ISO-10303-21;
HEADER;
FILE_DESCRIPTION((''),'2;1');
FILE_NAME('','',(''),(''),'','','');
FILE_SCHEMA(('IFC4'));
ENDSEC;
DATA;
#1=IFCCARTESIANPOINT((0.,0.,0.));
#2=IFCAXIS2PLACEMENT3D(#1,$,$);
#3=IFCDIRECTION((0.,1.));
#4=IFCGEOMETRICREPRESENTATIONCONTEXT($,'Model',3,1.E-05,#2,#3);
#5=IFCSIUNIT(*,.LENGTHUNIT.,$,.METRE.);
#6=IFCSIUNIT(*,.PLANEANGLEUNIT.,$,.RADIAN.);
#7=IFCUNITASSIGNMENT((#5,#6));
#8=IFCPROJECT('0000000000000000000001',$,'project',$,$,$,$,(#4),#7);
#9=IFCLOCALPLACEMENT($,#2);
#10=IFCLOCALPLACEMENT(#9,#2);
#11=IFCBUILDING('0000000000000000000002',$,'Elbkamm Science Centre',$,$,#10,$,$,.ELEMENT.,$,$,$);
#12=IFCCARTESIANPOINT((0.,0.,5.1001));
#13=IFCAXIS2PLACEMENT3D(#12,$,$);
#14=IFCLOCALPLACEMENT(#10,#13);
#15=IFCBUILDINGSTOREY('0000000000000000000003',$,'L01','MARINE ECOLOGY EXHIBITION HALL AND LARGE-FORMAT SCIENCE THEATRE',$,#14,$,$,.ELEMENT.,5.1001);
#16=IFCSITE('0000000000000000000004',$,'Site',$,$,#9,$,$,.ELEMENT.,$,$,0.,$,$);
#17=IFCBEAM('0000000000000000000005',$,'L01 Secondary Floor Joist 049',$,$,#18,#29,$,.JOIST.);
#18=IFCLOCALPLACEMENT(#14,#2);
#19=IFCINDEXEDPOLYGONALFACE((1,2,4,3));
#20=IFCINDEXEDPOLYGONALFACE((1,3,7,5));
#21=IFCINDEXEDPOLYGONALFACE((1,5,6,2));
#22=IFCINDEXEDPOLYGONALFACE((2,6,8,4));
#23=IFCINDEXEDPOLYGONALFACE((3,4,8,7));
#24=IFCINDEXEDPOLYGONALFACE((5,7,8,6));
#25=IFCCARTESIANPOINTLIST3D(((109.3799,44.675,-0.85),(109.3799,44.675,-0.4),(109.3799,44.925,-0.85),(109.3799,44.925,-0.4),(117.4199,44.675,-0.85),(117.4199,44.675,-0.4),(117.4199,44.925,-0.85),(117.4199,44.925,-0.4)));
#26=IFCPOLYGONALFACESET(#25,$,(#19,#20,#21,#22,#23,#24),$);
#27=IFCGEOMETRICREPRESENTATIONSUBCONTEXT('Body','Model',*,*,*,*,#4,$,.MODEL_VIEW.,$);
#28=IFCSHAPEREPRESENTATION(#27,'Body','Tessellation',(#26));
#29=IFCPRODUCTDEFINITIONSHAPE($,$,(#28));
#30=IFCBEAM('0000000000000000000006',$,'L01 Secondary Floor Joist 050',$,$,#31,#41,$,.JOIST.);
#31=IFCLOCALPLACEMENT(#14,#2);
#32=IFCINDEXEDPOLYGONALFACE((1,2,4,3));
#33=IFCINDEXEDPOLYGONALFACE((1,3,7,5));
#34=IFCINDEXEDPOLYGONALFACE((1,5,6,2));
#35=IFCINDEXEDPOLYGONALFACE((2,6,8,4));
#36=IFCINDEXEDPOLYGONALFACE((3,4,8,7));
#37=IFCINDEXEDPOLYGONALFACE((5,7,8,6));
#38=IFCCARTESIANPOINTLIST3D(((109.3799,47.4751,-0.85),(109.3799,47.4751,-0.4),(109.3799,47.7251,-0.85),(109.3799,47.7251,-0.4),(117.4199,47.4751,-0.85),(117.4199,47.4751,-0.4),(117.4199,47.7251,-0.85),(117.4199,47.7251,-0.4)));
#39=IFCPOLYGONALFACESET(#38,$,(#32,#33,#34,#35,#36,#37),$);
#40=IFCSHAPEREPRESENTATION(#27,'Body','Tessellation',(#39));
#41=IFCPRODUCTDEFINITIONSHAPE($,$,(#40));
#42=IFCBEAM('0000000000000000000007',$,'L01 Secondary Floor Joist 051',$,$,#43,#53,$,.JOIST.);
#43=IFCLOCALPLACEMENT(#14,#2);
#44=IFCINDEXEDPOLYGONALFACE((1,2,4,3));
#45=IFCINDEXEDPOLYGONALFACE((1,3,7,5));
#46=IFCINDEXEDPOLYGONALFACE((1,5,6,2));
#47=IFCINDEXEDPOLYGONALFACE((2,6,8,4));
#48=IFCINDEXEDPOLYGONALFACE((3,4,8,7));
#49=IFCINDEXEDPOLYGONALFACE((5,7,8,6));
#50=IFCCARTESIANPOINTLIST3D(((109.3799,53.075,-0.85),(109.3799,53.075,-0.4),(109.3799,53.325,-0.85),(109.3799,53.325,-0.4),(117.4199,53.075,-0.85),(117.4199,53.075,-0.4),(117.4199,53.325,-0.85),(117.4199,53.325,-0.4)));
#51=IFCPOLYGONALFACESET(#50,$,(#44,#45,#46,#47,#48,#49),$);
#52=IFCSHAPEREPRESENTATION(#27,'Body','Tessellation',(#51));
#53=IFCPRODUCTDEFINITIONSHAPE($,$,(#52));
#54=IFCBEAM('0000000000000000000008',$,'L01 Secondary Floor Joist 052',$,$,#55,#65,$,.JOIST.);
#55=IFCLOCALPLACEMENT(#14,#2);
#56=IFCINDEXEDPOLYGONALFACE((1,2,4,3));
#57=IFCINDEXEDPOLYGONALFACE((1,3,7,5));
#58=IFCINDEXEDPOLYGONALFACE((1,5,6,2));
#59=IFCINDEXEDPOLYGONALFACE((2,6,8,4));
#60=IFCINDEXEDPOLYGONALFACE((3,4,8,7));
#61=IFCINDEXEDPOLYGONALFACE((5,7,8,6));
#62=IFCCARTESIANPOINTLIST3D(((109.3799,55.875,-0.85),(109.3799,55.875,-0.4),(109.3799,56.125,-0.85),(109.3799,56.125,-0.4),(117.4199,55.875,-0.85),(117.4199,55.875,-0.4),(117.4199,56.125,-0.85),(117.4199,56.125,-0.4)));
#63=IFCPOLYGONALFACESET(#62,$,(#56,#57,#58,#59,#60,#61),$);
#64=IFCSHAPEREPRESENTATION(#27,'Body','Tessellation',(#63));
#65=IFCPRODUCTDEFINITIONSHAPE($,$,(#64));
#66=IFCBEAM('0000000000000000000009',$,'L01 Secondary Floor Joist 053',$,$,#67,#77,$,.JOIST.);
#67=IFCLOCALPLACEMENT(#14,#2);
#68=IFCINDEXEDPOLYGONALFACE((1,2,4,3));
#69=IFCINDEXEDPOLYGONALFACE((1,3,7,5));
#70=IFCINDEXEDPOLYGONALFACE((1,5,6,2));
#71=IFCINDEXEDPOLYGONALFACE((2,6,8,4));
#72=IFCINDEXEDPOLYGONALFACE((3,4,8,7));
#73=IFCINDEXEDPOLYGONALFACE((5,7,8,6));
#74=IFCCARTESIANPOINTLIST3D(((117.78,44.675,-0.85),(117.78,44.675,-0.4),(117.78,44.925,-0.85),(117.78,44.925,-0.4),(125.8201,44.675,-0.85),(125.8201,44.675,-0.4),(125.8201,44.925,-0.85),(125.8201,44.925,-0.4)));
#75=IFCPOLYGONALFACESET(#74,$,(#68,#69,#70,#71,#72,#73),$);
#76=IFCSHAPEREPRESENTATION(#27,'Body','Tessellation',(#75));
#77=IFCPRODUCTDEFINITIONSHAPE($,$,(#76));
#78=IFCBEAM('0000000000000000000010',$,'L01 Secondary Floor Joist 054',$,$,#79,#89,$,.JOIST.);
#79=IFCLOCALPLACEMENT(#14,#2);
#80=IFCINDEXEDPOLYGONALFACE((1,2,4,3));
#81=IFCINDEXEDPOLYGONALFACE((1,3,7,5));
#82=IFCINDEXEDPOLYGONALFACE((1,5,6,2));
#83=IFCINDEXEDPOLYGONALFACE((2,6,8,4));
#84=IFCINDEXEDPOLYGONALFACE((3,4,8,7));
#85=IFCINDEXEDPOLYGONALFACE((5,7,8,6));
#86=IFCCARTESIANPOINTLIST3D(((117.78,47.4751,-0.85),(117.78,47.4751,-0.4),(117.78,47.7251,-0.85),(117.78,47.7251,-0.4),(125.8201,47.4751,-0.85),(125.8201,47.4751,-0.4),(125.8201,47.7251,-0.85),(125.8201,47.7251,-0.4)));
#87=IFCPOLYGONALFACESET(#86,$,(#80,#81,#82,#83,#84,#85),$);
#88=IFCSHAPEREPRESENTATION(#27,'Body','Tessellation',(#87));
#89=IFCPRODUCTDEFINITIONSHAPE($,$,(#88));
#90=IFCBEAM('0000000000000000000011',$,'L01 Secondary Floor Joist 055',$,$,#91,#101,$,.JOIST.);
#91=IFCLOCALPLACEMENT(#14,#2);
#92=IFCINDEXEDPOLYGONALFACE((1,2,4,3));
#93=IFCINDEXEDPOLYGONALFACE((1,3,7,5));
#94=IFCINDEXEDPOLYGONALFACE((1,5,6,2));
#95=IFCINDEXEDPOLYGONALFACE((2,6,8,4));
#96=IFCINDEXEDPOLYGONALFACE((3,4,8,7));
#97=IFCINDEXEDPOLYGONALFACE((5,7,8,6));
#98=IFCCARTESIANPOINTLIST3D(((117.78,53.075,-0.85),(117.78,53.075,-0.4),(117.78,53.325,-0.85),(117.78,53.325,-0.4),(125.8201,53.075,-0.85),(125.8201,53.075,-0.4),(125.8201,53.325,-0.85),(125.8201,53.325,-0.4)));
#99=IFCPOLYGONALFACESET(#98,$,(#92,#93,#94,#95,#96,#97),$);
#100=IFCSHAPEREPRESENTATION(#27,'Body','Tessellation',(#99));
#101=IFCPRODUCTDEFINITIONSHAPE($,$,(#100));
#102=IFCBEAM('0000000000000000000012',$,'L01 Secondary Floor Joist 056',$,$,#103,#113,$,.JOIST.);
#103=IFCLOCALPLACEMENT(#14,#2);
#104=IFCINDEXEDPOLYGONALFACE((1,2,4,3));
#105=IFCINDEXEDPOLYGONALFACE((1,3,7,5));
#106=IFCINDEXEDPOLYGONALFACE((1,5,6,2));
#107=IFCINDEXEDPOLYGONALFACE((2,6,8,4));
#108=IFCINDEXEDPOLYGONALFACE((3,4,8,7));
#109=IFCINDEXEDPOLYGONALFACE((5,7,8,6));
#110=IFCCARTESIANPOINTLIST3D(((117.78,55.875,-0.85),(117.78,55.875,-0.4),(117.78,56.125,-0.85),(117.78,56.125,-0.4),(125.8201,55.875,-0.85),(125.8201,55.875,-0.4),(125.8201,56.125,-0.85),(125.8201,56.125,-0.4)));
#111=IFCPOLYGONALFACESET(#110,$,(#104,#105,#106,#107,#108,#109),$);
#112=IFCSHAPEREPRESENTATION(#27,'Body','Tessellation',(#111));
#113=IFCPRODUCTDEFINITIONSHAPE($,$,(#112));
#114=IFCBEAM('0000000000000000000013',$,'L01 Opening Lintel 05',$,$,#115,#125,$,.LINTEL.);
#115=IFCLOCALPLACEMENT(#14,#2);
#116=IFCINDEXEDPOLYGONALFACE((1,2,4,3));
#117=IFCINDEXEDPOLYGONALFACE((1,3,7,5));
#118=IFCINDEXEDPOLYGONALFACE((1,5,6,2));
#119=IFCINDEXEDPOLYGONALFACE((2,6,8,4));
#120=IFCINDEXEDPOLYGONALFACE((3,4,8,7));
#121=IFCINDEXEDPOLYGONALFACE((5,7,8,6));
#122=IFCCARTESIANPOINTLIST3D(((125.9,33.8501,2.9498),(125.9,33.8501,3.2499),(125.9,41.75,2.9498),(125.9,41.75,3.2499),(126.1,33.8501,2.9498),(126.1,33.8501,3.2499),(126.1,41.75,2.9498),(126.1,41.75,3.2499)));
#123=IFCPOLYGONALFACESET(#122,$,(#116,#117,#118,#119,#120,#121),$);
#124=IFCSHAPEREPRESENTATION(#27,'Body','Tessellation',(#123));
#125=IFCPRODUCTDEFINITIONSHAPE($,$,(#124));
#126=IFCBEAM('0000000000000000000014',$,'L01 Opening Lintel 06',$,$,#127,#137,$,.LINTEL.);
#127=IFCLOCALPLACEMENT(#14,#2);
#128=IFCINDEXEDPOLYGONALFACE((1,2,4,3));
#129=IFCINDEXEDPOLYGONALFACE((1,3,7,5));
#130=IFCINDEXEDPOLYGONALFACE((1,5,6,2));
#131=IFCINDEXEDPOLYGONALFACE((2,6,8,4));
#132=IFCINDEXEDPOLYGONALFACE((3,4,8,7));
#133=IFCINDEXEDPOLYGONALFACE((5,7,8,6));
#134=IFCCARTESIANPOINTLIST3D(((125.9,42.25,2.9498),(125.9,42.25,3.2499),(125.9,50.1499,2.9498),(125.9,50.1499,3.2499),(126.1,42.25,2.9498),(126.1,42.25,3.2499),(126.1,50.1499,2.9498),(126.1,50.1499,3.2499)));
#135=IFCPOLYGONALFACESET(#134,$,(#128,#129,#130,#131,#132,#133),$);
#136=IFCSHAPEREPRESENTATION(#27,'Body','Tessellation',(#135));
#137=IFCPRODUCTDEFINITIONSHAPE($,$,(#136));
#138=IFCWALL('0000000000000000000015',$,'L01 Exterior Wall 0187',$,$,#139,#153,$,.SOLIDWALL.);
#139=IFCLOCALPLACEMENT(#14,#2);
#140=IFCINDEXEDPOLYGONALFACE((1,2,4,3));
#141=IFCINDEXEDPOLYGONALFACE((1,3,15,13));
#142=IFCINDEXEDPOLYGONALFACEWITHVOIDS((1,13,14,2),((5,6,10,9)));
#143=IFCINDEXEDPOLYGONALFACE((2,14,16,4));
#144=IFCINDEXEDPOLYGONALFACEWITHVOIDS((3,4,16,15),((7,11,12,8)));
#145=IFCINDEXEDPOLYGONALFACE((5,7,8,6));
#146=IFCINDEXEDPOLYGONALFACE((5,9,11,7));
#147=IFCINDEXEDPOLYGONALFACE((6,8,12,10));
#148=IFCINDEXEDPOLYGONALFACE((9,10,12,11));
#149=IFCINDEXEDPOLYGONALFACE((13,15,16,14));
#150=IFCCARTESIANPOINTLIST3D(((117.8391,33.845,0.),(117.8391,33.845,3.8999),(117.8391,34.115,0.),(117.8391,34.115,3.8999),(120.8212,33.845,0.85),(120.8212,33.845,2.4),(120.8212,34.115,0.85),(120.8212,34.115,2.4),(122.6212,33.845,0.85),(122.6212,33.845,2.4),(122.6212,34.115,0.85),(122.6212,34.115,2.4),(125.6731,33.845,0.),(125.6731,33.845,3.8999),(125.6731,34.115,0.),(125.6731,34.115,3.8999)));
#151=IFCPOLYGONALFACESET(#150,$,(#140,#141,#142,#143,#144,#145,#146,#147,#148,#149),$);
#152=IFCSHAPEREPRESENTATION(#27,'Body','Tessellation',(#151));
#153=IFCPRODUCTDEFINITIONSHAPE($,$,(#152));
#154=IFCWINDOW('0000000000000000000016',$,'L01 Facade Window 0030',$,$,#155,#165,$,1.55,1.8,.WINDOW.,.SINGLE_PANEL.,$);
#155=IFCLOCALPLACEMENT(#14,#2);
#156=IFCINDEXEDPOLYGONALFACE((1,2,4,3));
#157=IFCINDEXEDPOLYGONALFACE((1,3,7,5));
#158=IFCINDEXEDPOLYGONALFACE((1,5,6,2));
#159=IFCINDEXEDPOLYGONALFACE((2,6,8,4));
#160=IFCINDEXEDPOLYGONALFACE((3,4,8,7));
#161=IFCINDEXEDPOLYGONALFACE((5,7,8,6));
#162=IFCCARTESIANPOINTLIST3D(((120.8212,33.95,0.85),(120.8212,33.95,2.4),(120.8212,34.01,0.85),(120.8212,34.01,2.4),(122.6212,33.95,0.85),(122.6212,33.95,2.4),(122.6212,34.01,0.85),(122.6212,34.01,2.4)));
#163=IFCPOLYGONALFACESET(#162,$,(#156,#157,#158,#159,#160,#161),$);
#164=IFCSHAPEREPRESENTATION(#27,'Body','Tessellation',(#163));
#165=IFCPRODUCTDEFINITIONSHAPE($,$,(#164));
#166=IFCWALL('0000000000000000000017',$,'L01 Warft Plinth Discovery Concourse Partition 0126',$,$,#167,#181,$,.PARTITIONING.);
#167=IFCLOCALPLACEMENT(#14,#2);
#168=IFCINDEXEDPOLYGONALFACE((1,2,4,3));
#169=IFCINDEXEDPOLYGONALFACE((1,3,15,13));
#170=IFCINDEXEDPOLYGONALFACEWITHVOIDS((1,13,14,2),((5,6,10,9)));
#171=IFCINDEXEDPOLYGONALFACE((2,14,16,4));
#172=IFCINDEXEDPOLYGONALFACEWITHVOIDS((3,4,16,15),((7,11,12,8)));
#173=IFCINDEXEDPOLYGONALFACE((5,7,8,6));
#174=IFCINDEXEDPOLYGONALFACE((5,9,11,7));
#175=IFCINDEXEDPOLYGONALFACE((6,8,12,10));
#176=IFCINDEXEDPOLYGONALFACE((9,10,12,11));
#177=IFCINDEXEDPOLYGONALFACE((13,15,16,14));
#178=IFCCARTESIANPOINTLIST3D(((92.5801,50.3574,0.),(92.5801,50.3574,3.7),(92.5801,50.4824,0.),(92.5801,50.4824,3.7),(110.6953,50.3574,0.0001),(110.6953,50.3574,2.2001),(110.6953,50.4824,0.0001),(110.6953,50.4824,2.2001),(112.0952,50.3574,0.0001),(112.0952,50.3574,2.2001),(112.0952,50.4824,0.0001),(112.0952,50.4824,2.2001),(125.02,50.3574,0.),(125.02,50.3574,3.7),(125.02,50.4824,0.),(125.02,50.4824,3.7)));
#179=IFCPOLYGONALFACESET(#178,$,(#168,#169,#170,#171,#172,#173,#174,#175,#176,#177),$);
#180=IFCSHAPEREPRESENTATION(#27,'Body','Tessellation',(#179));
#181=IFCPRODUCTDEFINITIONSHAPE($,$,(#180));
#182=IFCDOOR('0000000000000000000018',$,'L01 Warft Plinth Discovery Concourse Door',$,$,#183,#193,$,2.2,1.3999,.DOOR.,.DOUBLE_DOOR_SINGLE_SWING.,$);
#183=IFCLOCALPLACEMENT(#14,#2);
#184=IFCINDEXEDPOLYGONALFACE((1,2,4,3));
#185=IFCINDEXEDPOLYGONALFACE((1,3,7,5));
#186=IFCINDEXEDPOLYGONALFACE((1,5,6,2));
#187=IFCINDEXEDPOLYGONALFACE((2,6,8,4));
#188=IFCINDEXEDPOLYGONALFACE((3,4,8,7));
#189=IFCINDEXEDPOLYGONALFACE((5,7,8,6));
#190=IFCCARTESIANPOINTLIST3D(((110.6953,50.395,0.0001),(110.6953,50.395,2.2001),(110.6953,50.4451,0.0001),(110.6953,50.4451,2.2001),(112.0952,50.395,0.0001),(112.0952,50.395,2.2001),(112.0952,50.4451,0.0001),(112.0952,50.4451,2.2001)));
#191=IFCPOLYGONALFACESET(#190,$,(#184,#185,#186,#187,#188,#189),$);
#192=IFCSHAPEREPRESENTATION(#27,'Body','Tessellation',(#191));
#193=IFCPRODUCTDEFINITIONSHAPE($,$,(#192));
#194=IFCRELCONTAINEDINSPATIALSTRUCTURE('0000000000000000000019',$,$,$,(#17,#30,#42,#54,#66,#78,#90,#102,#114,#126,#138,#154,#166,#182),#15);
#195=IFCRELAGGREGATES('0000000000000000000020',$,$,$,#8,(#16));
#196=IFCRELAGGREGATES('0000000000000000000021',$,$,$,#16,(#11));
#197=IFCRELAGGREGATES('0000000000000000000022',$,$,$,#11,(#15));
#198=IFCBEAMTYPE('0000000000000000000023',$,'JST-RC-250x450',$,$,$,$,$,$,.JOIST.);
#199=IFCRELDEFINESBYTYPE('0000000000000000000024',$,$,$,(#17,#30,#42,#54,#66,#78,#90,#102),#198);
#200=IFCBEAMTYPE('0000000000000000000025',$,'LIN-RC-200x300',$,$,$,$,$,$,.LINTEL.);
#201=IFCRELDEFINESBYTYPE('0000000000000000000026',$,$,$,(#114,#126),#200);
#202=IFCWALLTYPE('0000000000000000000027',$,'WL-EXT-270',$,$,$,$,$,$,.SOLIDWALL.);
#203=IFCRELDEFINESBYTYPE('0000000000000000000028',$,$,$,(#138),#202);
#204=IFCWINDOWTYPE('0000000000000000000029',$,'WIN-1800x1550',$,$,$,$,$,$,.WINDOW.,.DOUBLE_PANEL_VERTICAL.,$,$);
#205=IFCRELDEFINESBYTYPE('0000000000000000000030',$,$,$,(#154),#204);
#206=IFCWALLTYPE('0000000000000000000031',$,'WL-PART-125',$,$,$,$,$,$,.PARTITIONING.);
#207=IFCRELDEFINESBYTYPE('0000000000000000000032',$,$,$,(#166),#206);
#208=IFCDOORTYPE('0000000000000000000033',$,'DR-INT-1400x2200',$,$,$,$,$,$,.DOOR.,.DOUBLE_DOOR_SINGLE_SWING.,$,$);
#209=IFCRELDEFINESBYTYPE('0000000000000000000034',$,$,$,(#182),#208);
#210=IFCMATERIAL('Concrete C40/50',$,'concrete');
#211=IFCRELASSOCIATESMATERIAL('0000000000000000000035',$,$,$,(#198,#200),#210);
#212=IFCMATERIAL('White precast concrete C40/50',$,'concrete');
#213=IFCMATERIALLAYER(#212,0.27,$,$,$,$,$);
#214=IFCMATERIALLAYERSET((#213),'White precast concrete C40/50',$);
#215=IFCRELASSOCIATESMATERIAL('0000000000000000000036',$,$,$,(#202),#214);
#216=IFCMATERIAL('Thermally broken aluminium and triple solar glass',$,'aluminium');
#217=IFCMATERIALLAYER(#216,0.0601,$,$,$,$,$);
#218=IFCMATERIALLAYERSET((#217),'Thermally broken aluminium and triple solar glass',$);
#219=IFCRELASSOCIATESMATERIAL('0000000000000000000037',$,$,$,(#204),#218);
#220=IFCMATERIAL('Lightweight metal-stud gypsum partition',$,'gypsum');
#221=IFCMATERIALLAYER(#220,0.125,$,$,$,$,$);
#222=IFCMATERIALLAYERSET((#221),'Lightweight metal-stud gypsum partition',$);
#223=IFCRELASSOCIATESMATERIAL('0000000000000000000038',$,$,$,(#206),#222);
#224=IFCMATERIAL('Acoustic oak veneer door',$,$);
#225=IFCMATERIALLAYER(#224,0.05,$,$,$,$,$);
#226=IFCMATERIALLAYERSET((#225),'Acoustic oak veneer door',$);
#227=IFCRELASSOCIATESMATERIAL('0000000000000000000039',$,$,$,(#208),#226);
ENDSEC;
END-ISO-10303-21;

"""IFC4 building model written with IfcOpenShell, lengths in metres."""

from ifc_helpers import new_model, si_unit, direction, frame, frame_2d, origin, origin_2d, place, context, subcontext, project, spatial, rectangle, extrude, material, layer, layer_set, material_profile, profile_set, type_object, element, fill, save


model = new_model("IFC4")

# Units and contexts
model_context = context("Model", 3, precision=1e-05, world=origin(), true_north=direction((0.0, 1.0)))
body_context = subcontext(model_context, "Body", "Model", "MODEL_VIEW")
ifc_project = project(units=[si_unit("LENGTHUNIT", "METRE"), si_unit("PLANEANGLEUNIT", "RADIAN")], contexts=[model_context])

# Site, building, storey
site_placement = place(None, origin())
site = spatial("IfcSite", under=ifc_project, at=site_placement, Name="Site", CompositionType="ELEMENT", RefElevation=0.0)
building_placement = place(site_placement, origin())
building = spatial("IfcBuilding", under=site, at=building_placement, Name="Elbkamm Science Centre", CompositionType="ELEMENT")
storey_placement = place(building_placement, frame((0.0, 0.0, 5.1001)))
storey = spatial("IfcBuildingStorey", under=building, at=storey_placement, Name="L01", Description="MARINE ECOLOGY EXHIBITION HALL AND LARGE-FORMAT SCIENCE THEATRE", CompositionType="ELEMENT", Elevation=5.1001)

# Shared definitions
ifc_material_1 = material(Name="Concrete C40/50", Category="concrete")

# Beams
ifc_material_profile_1 = material_profile(ifc_material_1, rectangle(XDim=0.25, YDim=0.45, at=origin_2d()), Name="RC 250x450")
ifc_profile_set_1 = profile_set([ifc_material_profile_1], Name="Concrete C40/50")
beam_type_1 = type_object("IfcBeamType", Name="JST-RC-250x450", PredefinedType="JOIST", material=ifc_profile_set_1)
for number, where, z_axis, x_axis, name in (
    (1, (109.3799, 44.8, -0.625), (1.0, 0.0, 0.0), (0.0, 1.0, 0.0), "L01 Secondary Floor Joist 049"),
    (2, (109.3799, 47.6001, -0.625), (1.0, 0.0, 0.0), (0.0, 1.0, 0.0), "L01 Secondary Floor Joist 050"),
    (3, (109.3799, 53.2, -0.625), (1.0, 0.0, 0.0), (0.0, 1.0, 0.0), "L01 Secondary Floor Joist 051"),
    (4, (109.3799, 56.0, -0.625), (1.0, 0.0, 0.0), (0.0, 1.0, 0.0), "L01 Secondary Floor Joist 052"),
    (5, (117.78, 44.8, -0.625), (1.0, 0.0, 0.0), (0.0, 1.0, 0.0), "L01 Secondary Floor Joist 053"),
    (6, (117.78, 47.6001, -0.625), (1.0, 0.0, 0.0), (0.0, 1.0, 0.0), "L01 Secondary Floor Joist 054"),
    (7, (117.78, 53.2, -0.625), (1.0, 0.0, 0.0), (0.0, 1.0, 0.0), "L01 Secondary Floor Joist 055"),
    (8, (117.78, 56.0, -0.625), (1.0, 0.0, 0.0), (0.0, 1.0, 0.0), "L01 Secondary Floor Joist 056"),
):
    element("IfcBeam", number, at=place(storey_placement, frame(where, z_axis=z_axis, x_axis=x_axis)), inside=storey, type_object=beam_type_1, Name=name, PredefinedType="JOIST", context=body_context, shape_type="SweptSolid", body=[
        extrude(rectangle(XDim=0.25, YDim=0.45, at=origin_2d()), origin(), (0.0, 0.0, 1.0), 8.04),
    ])
ifc_material_profile_2 = material_profile(ifc_material_1, rectangle(XDim=0.2, YDim=0.3, at=origin_2d()), Name="RC 200x300")
ifc_profile_set_2 = profile_set([ifc_material_profile_2], Name="Concrete C40/50")
beam_type_2 = type_object("IfcBeamType", Name="LIN-RC-200x300", PredefinedType="LINTEL", material=ifc_profile_set_2)
for number, where, z_axis, x_axis, name in (
    (9, (126.0, 33.8501, 3.0999), (0.0, 1.0, 0.0), (-1.0, 0.0, 0.0), "L01 Opening Lintel 05"),
    (10, (126.0, 42.25, 3.0999), (0.0, 1.0, 0.0), (-1.0, 0.0, 0.0), "L01 Opening Lintel 06"),
):
    element("IfcBeam", number, at=place(storey_placement, frame(where, z_axis=z_axis, x_axis=x_axis)), inside=storey, type_object=beam_type_2, Name=name, PredefinedType="LINTEL", context=body_context, shape_type="SweptSolid", body=[
        extrude(rectangle(XDim=0.2, YDim=0.3, at=origin_2d()), origin(), (0.0, 0.0, 1.0), 7.8999),
    ])

# Wall, opening, window
ifc_material_2 = material(Name="White precast concrete C40/50", Category="concrete")
ifc_layer_1 = layer(ifc_material_2, 0.27)
ifc_layer_set_1 = layer_set([ifc_layer_1], Name="White precast concrete C40/50")
wall_type_1 = type_object("IfcWallType", Name="WL-EXT-270", PredefinedType="SOLIDWALL", material=ifc_layer_set_1)
wall_1_placement = place(storey_placement, frame((125.6731, 33.98, 0.0), z_axis=(0.0, 0.0, 1.0), x_axis=(-1.0, 0.0, 0.0)))
wall_1 = element("IfcWall", 11, at=wall_1_placement, inside=storey, type_object=wall_type_1, Name="L01 Exterior Wall 0187", PredefinedType="SOLIDWALL", context=body_context, shape_type="SweptSolid", body=[
    extrude(rectangle(XDim=7.834, YDim=0.27, at=frame_2d((3.917, 0.0))), origin(), (0.0, 0.0, 1.0), 3.8999),
])
opening_1_placement = place(wall_1_placement, frame((3.052, 0.0, 0.8501)))
opening_1 = element("IfcOpeningElement", 12, at=opening_1_placement, cuts=wall_1, PredefinedType="OPENING", context=body_context, shape_type="SweptSolid", body=[
    extrude(rectangle(XDim=1.8, YDim=1.55, at=frame_2d((0.8999, 0.7749))), frame((0.0, 0.147, 0.0), z_axis=(0.0, -1.0, 0.0), x_axis=(1.0, 0.0, 0.0)), (0.0, 0.0, 1.0), 0.2939),
])
ifc_material_3 = material(Name="Thermally broken aluminium and triple solar glass", Category="aluminium")
ifc_layer_2 = layer(ifc_material_3, 0.0601)
ifc_layer_set_2 = layer_set([ifc_layer_2], Name="Thermally broken aluminium and triple solar glass")
window_type = type_object("IfcWindowType", Name="WIN-1800x1550", PartitioningType="DOUBLE_PANEL_VERTICAL", PredefinedType="WINDOW", material=ifc_layer_set_2)
window_placement = place(opening_1_placement, origin())
window = element("IfcWindow", 13, at=window_placement, inside=storey, type_object=window_type, Name="L01 Facade Window 0030", OverallHeight=1.55, OverallWidth=1.8, PartitioningType="SINGLE_PANEL", PredefinedType="WINDOW", context=body_context, shape_type="SweptSolid", body=[
    extrude(rectangle(XDim=1.8, YDim=1.55, at=frame_2d((0.8999, 0.7749))), frame((0.0, 0.03, 0.0), z_axis=(0.0, -1.0, 0.0), x_axis=(1.0, 0.0, 0.0)), (0.0, 0.0, 1.0), 0.0601),
])
fill(opening_1, window)

# Wall, opening, door
ifc_material_4 = material(Name="Lightweight metal-stud gypsum partition", Category="gypsum")
ifc_layer_3 = layer(ifc_material_4, 0.125)
ifc_layer_set_3 = layer_set([ifc_layer_3], Name="Lightweight metal-stud gypsum partition")
wall_type_2 = type_object("IfcWallType", Name="WL-PART-125", PredefinedType="PARTITIONING", material=ifc_layer_set_3)
wall_2_placement = place(storey_placement, frame((125.02, 50.4199, 0.0), z_axis=(0.0, 0.0, 1.0), x_axis=(-1.0, 0.0, 0.0)))
wall_2 = element("IfcWall", 14, at=wall_2_placement, inside=storey, type_object=wall_type_2, Name="L01 Warft Plinth Discovery Concourse Partition 0126", PredefinedType="PARTITIONING", context=body_context, shape_type="SweptSolid", body=[
    extrude(rectangle(XDim=32.4399, YDim=0.125, at=frame_2d((16.22, 0.0))), origin(), (0.0, 0.0, 1.0), 3.7),
])
opening_2_placement = place(wall_2_placement, frame((12.9248, 0.0, 0.0)))
opening_2 = element("IfcOpeningElement", 15, at=opening_2_placement, cuts=wall_2, PredefinedType="OPENING", context=body_context, shape_type="SweptSolid", body=[
    extrude(rectangle(XDim=1.3999, YDim=2.2, at=frame_2d((0.7, 1.1001))), frame((0.0, 0.0745, 0.0), z_axis=(0.0, -1.0, 0.0), x_axis=(1.0, 0.0, 0.0)), (0.0, 0.0, 1.0), 0.1489),
])
ifc_material_5 = material(Name="Acoustic oak veneer door")
ifc_layer_4 = layer(ifc_material_5, 0.05)
ifc_layer_set_4 = layer_set([ifc_layer_4], Name="Acoustic oak veneer door")
door_type = type_object("IfcDoorType", Name="DR-INT-1400x2200", OperationType="DOUBLE_DOOR_SINGLE_SWING", PredefinedType="DOOR", material=ifc_layer_set_4)
door_placement = place(opening_2_placement, origin())
door = element("IfcDoor", 16, at=door_placement, inside=storey, type_object=door_type, Name="L01 Warft Plinth Discovery Concourse Door", OperationType="DOUBLE_DOOR_SINGLE_SWING", OverallHeight=2.2, OverallWidth=1.3999, PredefinedType="DOOR", context=body_context, shape_type="SweptSolid", body=[
    extrude(rectangle(XDim=1.3999, YDim=2.2, at=frame_2d((0.7, 1.1001))), frame((0.0, 0.0249, 0.0), z_axis=(0.0, -1.0, 0.0), x_axis=(1.0, 0.0, 0.0)), (0.0, 0.0, 1.0), 0.05),
])
fill(opening_2, door)

save(model, "model.ifc")
